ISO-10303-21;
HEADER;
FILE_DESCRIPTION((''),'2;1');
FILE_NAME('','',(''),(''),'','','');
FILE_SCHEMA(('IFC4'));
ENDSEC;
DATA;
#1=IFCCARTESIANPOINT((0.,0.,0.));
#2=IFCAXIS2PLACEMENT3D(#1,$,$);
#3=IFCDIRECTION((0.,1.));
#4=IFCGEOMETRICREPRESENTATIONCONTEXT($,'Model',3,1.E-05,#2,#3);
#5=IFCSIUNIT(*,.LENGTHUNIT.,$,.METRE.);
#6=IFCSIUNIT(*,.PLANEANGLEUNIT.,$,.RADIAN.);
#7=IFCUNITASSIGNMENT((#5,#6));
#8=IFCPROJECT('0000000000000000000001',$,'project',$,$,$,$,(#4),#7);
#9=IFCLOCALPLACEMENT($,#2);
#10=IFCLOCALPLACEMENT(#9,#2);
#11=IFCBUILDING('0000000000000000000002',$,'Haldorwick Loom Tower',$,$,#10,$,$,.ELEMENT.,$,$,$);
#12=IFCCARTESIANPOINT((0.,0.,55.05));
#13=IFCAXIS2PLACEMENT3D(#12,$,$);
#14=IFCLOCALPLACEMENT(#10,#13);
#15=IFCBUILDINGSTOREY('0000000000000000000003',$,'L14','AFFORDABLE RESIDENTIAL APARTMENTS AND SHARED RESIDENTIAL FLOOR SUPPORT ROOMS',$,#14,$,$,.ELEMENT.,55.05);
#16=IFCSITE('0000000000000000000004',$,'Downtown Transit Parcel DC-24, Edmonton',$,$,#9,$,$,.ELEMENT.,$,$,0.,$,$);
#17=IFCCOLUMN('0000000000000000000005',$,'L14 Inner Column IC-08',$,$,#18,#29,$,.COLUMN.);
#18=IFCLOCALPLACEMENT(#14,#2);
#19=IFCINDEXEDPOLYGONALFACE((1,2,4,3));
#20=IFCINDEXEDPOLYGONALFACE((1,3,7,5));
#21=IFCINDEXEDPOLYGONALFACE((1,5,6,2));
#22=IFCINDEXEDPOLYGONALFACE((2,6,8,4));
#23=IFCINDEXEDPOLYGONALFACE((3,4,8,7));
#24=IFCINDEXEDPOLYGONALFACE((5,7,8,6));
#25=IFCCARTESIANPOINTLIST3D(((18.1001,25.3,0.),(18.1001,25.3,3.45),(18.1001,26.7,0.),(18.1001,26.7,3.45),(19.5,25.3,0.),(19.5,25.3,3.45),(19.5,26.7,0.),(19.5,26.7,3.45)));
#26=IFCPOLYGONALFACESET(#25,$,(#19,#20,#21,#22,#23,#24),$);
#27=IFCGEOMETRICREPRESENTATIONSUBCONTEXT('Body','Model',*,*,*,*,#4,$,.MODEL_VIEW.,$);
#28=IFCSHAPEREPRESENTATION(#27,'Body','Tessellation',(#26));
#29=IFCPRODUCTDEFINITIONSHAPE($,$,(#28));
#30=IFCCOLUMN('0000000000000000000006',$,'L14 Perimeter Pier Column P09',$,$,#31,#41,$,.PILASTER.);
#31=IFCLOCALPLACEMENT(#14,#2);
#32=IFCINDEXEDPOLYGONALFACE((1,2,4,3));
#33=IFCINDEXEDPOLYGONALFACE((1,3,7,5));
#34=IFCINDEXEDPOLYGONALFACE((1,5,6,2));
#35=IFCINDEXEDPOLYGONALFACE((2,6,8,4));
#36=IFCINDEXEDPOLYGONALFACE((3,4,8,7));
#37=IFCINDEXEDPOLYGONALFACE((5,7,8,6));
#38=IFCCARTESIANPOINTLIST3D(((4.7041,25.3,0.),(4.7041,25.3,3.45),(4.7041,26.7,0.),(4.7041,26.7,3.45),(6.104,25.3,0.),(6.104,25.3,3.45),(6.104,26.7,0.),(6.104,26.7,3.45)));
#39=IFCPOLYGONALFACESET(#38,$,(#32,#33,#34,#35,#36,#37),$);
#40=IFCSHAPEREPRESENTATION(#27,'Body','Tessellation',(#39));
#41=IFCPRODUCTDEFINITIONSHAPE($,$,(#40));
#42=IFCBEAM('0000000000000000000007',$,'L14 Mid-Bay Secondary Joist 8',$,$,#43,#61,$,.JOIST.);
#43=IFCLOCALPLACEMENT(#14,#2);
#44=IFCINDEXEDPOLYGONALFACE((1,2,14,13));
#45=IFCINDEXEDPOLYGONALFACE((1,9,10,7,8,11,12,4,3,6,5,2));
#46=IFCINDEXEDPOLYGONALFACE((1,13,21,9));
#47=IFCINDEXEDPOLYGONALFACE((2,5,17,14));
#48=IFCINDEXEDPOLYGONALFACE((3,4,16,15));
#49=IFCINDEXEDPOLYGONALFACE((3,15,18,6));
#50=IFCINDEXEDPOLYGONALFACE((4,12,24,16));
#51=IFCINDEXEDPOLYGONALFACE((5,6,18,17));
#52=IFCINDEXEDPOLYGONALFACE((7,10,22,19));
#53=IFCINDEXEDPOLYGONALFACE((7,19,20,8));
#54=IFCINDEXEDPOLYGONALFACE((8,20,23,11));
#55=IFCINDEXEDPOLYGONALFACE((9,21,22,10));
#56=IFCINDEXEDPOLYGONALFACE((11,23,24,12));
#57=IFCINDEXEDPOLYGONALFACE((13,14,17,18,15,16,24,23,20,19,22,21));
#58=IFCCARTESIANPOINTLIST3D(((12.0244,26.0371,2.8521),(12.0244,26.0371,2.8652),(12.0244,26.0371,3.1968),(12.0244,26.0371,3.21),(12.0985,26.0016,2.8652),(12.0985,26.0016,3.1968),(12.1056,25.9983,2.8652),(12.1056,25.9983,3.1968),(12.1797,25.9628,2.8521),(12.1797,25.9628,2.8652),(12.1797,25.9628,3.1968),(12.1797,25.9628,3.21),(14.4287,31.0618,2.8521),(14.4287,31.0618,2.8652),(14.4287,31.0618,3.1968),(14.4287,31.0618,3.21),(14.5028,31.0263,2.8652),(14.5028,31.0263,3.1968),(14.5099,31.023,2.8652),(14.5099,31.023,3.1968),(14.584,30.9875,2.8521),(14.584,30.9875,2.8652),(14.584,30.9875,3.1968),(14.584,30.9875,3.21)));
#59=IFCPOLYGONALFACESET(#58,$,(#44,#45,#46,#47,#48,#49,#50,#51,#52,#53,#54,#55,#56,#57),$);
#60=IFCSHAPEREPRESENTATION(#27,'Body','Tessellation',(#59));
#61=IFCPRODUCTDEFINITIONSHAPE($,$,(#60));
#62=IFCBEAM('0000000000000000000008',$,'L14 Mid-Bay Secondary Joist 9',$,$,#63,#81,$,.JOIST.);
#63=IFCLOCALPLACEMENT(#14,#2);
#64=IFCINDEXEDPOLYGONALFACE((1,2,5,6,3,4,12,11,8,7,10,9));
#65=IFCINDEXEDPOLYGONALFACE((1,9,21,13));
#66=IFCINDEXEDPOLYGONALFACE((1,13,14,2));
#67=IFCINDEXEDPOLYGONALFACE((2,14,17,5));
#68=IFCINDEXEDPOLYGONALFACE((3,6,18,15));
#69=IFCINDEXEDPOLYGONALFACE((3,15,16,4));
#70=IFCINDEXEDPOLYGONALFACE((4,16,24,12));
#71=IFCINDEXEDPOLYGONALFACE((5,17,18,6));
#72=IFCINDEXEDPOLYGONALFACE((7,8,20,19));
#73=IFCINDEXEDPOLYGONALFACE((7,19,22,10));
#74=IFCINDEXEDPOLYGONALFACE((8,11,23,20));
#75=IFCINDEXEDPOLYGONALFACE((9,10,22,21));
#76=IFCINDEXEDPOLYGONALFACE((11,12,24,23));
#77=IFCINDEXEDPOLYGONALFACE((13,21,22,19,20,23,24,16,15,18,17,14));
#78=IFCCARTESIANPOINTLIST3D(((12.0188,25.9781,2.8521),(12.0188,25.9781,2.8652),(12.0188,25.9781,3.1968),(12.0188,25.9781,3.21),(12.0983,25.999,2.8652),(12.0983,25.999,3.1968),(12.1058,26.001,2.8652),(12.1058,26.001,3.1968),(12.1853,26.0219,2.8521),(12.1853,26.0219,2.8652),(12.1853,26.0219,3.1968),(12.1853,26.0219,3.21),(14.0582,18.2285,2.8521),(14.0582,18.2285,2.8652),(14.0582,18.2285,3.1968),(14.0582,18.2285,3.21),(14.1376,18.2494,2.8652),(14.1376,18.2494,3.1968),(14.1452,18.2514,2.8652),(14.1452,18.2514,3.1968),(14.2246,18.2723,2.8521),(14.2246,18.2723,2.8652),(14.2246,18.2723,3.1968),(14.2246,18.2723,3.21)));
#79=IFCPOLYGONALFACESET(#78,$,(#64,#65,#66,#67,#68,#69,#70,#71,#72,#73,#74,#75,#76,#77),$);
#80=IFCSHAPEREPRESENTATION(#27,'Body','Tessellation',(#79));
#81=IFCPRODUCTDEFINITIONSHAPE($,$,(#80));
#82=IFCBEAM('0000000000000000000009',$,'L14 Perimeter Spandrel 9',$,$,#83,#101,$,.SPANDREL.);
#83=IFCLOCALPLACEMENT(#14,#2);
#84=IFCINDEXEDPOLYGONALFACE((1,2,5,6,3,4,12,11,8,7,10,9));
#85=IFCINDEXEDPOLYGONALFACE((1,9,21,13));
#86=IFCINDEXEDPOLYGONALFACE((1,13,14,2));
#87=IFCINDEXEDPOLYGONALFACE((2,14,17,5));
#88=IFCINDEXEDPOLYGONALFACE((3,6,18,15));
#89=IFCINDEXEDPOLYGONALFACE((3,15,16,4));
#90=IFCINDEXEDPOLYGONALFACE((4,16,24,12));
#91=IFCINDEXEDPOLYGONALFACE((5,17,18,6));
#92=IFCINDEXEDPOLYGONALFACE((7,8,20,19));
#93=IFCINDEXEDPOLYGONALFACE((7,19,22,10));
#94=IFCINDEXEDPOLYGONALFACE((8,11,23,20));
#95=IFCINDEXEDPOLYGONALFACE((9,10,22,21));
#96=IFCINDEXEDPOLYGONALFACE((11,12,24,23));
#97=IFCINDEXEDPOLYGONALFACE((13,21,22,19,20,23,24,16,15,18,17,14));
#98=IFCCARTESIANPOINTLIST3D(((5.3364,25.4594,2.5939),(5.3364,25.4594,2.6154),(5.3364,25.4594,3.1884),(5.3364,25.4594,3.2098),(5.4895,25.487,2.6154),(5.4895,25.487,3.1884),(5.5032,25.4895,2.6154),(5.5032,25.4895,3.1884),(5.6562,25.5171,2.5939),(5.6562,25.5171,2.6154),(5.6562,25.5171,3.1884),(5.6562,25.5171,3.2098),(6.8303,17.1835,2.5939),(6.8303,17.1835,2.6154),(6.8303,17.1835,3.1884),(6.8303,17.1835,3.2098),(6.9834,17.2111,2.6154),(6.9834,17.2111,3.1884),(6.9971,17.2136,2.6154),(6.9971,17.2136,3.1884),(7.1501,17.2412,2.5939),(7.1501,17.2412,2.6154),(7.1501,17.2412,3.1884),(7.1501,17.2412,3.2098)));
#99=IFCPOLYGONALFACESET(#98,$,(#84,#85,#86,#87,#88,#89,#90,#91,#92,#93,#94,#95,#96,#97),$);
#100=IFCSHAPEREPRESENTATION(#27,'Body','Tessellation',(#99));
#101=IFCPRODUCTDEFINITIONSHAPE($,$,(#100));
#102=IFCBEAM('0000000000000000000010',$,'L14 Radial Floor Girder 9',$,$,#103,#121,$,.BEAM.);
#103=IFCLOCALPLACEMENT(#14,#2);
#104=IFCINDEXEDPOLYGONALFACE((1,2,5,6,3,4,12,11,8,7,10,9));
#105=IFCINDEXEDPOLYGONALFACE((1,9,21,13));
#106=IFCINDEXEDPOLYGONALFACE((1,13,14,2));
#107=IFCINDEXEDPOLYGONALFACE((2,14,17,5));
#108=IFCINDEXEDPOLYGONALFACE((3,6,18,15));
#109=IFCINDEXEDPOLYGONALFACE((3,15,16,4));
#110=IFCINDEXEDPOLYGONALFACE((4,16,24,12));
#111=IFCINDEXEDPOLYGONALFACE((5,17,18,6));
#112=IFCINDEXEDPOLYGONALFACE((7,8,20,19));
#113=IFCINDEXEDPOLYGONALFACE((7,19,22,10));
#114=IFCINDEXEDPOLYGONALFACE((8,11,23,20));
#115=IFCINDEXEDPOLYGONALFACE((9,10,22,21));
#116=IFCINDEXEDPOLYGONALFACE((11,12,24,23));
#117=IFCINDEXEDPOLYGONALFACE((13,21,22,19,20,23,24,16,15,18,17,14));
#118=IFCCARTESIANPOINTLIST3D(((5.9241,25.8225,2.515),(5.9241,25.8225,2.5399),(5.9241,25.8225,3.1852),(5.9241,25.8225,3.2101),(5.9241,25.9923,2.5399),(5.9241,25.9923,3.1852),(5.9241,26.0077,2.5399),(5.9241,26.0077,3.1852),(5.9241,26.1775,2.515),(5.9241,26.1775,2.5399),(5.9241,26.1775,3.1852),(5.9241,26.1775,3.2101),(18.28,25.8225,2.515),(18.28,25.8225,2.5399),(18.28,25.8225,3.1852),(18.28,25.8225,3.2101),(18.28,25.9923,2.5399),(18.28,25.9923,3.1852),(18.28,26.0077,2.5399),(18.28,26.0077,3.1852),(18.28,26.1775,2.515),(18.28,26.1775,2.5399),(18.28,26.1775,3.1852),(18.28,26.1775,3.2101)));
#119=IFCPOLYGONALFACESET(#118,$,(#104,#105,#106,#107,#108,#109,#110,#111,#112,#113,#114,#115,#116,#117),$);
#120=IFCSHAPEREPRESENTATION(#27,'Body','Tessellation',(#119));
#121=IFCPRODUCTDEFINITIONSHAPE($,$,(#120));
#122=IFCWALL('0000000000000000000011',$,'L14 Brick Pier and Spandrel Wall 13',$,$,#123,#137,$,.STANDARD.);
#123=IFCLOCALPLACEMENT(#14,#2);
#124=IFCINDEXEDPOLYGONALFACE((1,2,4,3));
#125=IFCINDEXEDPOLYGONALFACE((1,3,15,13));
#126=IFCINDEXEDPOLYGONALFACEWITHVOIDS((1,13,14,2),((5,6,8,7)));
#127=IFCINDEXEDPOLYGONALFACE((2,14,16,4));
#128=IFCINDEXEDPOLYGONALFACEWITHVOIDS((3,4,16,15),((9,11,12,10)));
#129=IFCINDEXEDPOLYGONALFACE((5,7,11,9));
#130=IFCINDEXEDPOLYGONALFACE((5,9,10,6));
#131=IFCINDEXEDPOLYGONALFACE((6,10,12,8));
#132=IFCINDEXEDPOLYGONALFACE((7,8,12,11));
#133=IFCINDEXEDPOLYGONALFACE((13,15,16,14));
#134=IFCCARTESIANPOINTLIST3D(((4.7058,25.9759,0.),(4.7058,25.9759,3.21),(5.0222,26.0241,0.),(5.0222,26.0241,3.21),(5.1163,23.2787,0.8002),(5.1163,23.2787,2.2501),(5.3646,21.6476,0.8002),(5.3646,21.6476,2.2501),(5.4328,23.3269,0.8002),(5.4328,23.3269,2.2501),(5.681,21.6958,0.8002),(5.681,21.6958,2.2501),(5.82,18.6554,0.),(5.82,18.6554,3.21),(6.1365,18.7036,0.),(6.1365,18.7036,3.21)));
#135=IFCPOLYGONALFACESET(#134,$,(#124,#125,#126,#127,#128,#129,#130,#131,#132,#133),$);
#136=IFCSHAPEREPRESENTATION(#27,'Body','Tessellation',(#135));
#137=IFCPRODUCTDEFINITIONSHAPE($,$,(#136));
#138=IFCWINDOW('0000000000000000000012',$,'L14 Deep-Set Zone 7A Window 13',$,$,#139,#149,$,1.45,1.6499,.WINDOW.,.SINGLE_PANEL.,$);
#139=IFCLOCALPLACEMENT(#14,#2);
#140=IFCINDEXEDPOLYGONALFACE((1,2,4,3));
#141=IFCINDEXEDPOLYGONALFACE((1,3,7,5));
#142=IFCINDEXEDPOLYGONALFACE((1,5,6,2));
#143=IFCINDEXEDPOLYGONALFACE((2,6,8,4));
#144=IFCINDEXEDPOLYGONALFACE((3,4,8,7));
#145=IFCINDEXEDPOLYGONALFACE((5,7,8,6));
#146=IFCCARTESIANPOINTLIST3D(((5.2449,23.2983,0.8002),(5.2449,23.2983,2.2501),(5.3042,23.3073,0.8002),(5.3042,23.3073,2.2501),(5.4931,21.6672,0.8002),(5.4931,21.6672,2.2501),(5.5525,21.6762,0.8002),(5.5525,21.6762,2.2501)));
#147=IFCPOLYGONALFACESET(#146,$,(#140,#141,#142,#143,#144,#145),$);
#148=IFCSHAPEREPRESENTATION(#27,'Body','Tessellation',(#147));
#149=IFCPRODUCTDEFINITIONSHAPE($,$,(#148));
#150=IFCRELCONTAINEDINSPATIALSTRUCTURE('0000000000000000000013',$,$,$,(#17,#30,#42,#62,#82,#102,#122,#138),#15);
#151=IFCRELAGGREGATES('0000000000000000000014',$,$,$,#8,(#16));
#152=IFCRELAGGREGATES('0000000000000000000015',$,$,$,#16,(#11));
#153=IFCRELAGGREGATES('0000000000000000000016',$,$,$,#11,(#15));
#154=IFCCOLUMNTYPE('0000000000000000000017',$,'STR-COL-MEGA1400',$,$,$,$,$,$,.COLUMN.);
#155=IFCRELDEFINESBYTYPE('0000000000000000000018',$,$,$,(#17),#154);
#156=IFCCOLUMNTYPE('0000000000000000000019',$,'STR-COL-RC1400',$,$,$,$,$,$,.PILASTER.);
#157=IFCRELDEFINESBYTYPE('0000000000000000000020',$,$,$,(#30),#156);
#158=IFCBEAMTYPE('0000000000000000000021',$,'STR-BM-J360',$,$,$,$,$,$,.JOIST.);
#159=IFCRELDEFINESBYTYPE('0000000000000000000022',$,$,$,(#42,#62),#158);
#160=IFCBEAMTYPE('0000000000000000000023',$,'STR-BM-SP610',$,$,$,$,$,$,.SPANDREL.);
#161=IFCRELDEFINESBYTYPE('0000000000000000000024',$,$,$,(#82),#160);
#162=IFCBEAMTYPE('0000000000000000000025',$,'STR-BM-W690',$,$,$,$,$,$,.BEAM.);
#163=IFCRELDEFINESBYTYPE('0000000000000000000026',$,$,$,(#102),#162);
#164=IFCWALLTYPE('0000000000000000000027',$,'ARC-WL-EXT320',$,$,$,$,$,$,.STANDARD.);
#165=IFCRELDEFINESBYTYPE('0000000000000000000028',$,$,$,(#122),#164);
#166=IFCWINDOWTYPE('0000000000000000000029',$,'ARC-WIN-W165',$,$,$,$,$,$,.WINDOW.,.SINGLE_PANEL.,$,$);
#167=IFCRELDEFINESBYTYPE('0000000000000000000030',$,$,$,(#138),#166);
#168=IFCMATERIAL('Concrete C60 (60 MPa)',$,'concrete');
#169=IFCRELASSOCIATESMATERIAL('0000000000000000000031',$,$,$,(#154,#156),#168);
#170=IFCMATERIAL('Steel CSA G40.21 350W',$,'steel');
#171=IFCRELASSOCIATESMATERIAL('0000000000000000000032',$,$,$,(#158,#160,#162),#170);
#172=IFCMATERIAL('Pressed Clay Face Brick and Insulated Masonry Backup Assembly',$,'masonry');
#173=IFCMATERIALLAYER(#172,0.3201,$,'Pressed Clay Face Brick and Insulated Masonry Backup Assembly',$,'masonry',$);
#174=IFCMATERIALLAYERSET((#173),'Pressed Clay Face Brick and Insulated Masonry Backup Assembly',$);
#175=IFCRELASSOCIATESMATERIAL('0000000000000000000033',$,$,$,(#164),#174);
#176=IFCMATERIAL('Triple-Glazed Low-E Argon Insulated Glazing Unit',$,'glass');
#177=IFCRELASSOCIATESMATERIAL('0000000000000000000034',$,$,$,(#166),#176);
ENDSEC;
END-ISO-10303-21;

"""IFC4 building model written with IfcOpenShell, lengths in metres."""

from ifc_helpers import new_model, si_unit, direction, frame, frame_2d, origin, origin_2d, place, context, subcontext, project, spatial, rectangle, i_section, extrude, material, layer, layer_set, material_profile, profile_set, type_object, element, fill, save


model = new_model("IFC4")

# Units and contexts
model_context = context("Model", 3, precision=1e-05, world=origin(), true_north=direction((0.0, 1.0)))
body_context = subcontext(model_context, "Body", "Model", "MODEL_VIEW")
ifc_project = project(units=[si_unit("LENGTHUNIT", "METRE"), si_unit("PLANEANGLEUNIT", "RADIAN")], contexts=[model_context])

# Site, building, storey
site_placement = place(None, origin())
site = spatial("IfcSite", under=ifc_project, at=site_placement, Name="Downtown Transit Parcel DC-24, Edmonton", CompositionType="ELEMENT", RefElevation=0.0)
building_placement = place(site_placement, origin())
building = spatial("IfcBuilding", under=site, at=building_placement, Name="Haldorwick Loom Tower", CompositionType="ELEMENT")
storey_placement = place(building_placement, frame((0.0, 0.0, 55.05)))
storey = spatial("IfcBuildingStorey", under=building, at=storey_placement, Name="L14", Description="AFFORDABLE RESIDENTIAL APARTMENTS AND SHARED RESIDENTIAL FLOOR SUPPORT ROOMS", CompositionType="ELEMENT", Elevation=55.05)

# Columns
ifc_material_1 = material(Name="Concrete C60 (60 MPa)", Category="concrete")
ifc_material_profile_1 = material_profile(ifc_material_1, rectangle(XDim=1.3999, YDim=1.3999, at=origin_2d()), Name="RC1400X1400", Category="concrete")
ifc_profile_set_1 = profile_set([ifc_material_profile_1], Name="Concrete C60 (60 MPa)")
column_type_1 = type_object("IfcColumnType", Name="STR-COL-MEGA1400", PredefinedType="COLUMN", material=ifc_profile_set_1)
column_1_placement = place(storey_placement, frame((18.8, 26.0, 0.0), z_axis=(0.0, 0.0, 1.0), x_axis=(1.0, 0.0, 0.0)))
element("IfcColumn", 1, at=column_1_placement, inside=storey, type_object=column_type_1, Name="L14 Inner Column IC-08", PredefinedType="COLUMN", context=body_context, shape_type="SweptSolid", body=[
    extrude(rectangle(XDim=1.3999, YDim=1.3999, at=origin_2d()), origin(), (0.0, 0.0, 1.0), 3.45),
])
ifc_material_profile_2 = material_profile(ifc_material_1, rectangle(XDim=1.3999, YDim=1.3999, at=origin_2d()), Name="RC1400X1400", Category="concrete")
ifc_profile_set_2 = profile_set([ifc_material_profile_2], Name="Concrete C60 (60 MPa)")
column_type_2 = type_object("IfcColumnType", Name="STR-COL-RC1400", PredefinedType="PILASTER", material=ifc_profile_set_2)
column_2_placement = place(storey_placement, frame((5.4041, 26.0, 0.0), z_axis=(0.0, 0.0, 1.0), x_axis=(-1.0, 0.0, 0.0)))
element("IfcColumn", 2, at=column_2_placement, inside=storey, type_object=column_type_2, Name="L14 Perimeter Pier Column P09", PredefinedType="PILASTER", context=body_context, shape_type="SweptSolid", body=[
    extrude(rectangle(XDim=1.3999, YDim=1.3999, at=origin_2d()), origin(), (0.0, 0.0, 1.0), 3.45),
])

# Beams
ifc_material_2 = material(Name="Steel CSA G40.21 350W", Category="steel")
ifc_material_profile_3 = material_profile(ifc_material_2, i_section(OverallWidth=0.1721, OverallDepth=0.3579, WebThickness=0.0078, FlangeThickness=0.0132, at=origin_2d()), Name="W360X57", Category="steel")
ifc_profile_set_3 = profile_set([ifc_material_profile_3], Name="Steel CSA G40.21 350W")
beam_type_1 = type_object("IfcBeamType", Name="STR-BM-J360", PredefinedType="JOIST", material=ifc_profile_set_3)
beam_1_placement = place(storey_placement, frame((14.5063, 31.0247, 3.031), z_axis=(-0.431631, -0.90205, 0.0), x_axis=(0.90205, -0.431631, 0.0)))
element("IfcBeam", 3, at=beam_1_placement, inside=storey, type_object=beam_type_1, Name="L14 Mid-Bay Secondary Joist 8", PredefinedType="JOIST", context=body_context, shape_type="SweptSolid", body=[
    extrude(i_section(OverallWidth=0.1721, OverallDepth=0.3579, WebThickness=0.0078, FlangeThickness=0.0132, at=origin_2d()), origin(), (0.0, 0.0, 1.0), 5.5703),
])
beam_2_placement = place(storey_placement, frame((12.1021, 26.0, 3.031), z_axis=(0.254489, -0.967076, 0.0), x_axis=(0.967076, 0.254489, 0.0)))
element("IfcBeam", 4, at=beam_2_placement, inside=storey, type_object=beam_type_1, Name="L14 Mid-Bay Secondary Joist 9", PredefinedType="JOIST", context=body_context, shape_type="SweptSolid", body=[
    extrude(i_section(OverallWidth=0.1721, OverallDepth=0.3579, WebThickness=0.0078, FlangeThickness=0.0132, at=origin_2d()), origin(), (0.0, 0.0, 1.0), 8.0134),
])
ifc_material_profile_4 = material_profile(ifc_material_2, i_section(OverallWidth=0.325, OverallDepth=0.616, WebThickness=0.0139, FlangeThickness=0.0215, at=origin_2d()), Name="W610X174", Category="steel")
ifc_profile_set_4 = profile_set([ifc_material_profile_4], Name="Steel CSA G40.21 350W")
beam_type_2 = type_object("IfcBeamType", Name="STR-BM-SP610", PredefinedType="SPANDREL", material=ifc_profile_set_4)
beam_3_placement = place(storey_placement, frame((5.4963, 25.4883, 2.9019), z_axis=(0.177641, -0.984095, 0.0), x_axis=(0.984095, 0.177641, 0.0)))
element("IfcBeam", 5, at=beam_3_placement, inside=storey, type_object=beam_type_2, Name="L14 Perimeter Spandrel 9", PredefinedType="SPANDREL", context=body_context, shape_type="SweptSolid", body=[
    extrude(i_section(OverallWidth=0.325, OverallDepth=0.616, WebThickness=0.0139, FlangeThickness=0.0215, at=origin_2d()), origin(), (0.0, 0.0, 1.0), 8.4097),
])
ifc_material_profile_5 = material_profile(ifc_material_2, i_section(OverallWidth=0.355, OverallDepth=0.6951, WebThickness=0.0154, FlangeThickness=0.0249, at=origin_2d()), Name="W690X217", Category="steel")
ifc_profile_set_5 = profile_set([ifc_material_profile_5], Name="Steel CSA G40.21 350W")
beam_type_3 = type_object("IfcBeamType", Name="STR-BM-W690", PredefinedType="BEAM", material=ifc_profile_set_5)
beam_4_placement = place(storey_placement, frame((18.28, 26.0, 2.8625), z_axis=(-1.0, 0.0, 0.0), x_axis=(0.0, -1.0, 0.0)))
element("IfcBeam", 6, at=beam_4_placement, inside=storey, type_object=beam_type_3, Name="L14 Radial Floor Girder 9", PredefinedType="BEAM", context=body_context, shape_type="SweptSolid", body=[
    extrude(i_section(OverallWidth=0.355, OverallDepth=0.6951, WebThickness=0.0154, FlangeThickness=0.0249, at=origin_2d()), origin(), (0.0, 0.0, 1.0), 12.356),
])

# Wall, opening, window
ifc_material_3 = material(Name="Pressed Clay Face Brick and Insulated Masonry Backup Assembly", Category="masonry")
ifc_layer_1 = layer(ifc_material_3, 0.3201, Name="Pressed Clay Face Brick and Insulated Masonry Backup Assembly", Category="masonry")
ifc_layer_set_1 = layer_set([ifc_layer_1], Name="Pressed Clay Face Brick and Insulated Masonry Backup Assembly")
wall_type_1 = type_object("IfcWallType", Name="ARC-WL-EXT320", PredefinedType="STANDARD", material=ifc_layer_set_1)
wall_1_placement = place(storey_placement, frame((4.864, 26.0, 0.0), z_axis=(0.0, 0.0, 1.0), x_axis=(0.150476, -0.988614, 0.0)))
wall_1 = element("IfcWall", 7, at=wall_1_placement, inside=storey, type_object=wall_type_1, Name="L14 Brick Pier and Spandrel Wall 13", PredefinedType="STANDARD", context=body_context, shape_type="SweptSolid", body=[
    extrude(rectangle(XDim=7.4048, YDim=0.3201, at=frame_2d((3.7024, 0.0))), origin(), (0.0, 0.0, 1.0), 3.21),
])
opening_1_placement = place(wall_1_placement, frame((2.7283, 0.0, 0.8)))
opening_1 = element("IfcOpeningElement", 8, at=opening_1_placement, cuts=wall_1, PredefinedType="OPENING", context=body_context, shape_type="SweptSolid", body=[
    extrude(rectangle(XDim=1.6499, YDim=1.45, at=frame_2d((0.825, 0.7251))), frame((0.0, 0.1699, 0.0), z_axis=(0.0, -1.0, 0.0), x_axis=(1.0, 0.0, 0.0)), (0.0, 0.0, 1.0), 0.3401),
])
ifc_material_4 = material(Name="Triple-Glazed Low-E Argon Insulated Glazing Unit", Category="glass")
window_type = type_object("IfcWindowType", Name="ARC-WIN-W165", PartitioningType="SINGLE_PANEL", PredefinedType="WINDOW", material=ifc_material_4)
window_placement = place(opening_1_placement, origin())
window = element("IfcWindow", 9, at=window_placement, inside=storey, type_object=window_type, Name="L14 Deep-Set Zone 7A Window 13", OverallHeight=1.45, OverallWidth=1.6499, PartitioningType="SINGLE_PANEL", PredefinedType="WINDOW", context=body_context, shape_type="SweptSolid", body=[
    extrude(rectangle(XDim=1.6499, YDim=1.45, at=frame_2d((0.825, 0.7251))), frame((0.0, 0.03, 0.0), z_axis=(0.0, -1.0, 0.0), x_axis=(1.0, 0.0, 0.0)), (0.0, 0.0, 1.0), 0.0601),
])
fill(opening_1, window)

save(model, "model.ifc")
